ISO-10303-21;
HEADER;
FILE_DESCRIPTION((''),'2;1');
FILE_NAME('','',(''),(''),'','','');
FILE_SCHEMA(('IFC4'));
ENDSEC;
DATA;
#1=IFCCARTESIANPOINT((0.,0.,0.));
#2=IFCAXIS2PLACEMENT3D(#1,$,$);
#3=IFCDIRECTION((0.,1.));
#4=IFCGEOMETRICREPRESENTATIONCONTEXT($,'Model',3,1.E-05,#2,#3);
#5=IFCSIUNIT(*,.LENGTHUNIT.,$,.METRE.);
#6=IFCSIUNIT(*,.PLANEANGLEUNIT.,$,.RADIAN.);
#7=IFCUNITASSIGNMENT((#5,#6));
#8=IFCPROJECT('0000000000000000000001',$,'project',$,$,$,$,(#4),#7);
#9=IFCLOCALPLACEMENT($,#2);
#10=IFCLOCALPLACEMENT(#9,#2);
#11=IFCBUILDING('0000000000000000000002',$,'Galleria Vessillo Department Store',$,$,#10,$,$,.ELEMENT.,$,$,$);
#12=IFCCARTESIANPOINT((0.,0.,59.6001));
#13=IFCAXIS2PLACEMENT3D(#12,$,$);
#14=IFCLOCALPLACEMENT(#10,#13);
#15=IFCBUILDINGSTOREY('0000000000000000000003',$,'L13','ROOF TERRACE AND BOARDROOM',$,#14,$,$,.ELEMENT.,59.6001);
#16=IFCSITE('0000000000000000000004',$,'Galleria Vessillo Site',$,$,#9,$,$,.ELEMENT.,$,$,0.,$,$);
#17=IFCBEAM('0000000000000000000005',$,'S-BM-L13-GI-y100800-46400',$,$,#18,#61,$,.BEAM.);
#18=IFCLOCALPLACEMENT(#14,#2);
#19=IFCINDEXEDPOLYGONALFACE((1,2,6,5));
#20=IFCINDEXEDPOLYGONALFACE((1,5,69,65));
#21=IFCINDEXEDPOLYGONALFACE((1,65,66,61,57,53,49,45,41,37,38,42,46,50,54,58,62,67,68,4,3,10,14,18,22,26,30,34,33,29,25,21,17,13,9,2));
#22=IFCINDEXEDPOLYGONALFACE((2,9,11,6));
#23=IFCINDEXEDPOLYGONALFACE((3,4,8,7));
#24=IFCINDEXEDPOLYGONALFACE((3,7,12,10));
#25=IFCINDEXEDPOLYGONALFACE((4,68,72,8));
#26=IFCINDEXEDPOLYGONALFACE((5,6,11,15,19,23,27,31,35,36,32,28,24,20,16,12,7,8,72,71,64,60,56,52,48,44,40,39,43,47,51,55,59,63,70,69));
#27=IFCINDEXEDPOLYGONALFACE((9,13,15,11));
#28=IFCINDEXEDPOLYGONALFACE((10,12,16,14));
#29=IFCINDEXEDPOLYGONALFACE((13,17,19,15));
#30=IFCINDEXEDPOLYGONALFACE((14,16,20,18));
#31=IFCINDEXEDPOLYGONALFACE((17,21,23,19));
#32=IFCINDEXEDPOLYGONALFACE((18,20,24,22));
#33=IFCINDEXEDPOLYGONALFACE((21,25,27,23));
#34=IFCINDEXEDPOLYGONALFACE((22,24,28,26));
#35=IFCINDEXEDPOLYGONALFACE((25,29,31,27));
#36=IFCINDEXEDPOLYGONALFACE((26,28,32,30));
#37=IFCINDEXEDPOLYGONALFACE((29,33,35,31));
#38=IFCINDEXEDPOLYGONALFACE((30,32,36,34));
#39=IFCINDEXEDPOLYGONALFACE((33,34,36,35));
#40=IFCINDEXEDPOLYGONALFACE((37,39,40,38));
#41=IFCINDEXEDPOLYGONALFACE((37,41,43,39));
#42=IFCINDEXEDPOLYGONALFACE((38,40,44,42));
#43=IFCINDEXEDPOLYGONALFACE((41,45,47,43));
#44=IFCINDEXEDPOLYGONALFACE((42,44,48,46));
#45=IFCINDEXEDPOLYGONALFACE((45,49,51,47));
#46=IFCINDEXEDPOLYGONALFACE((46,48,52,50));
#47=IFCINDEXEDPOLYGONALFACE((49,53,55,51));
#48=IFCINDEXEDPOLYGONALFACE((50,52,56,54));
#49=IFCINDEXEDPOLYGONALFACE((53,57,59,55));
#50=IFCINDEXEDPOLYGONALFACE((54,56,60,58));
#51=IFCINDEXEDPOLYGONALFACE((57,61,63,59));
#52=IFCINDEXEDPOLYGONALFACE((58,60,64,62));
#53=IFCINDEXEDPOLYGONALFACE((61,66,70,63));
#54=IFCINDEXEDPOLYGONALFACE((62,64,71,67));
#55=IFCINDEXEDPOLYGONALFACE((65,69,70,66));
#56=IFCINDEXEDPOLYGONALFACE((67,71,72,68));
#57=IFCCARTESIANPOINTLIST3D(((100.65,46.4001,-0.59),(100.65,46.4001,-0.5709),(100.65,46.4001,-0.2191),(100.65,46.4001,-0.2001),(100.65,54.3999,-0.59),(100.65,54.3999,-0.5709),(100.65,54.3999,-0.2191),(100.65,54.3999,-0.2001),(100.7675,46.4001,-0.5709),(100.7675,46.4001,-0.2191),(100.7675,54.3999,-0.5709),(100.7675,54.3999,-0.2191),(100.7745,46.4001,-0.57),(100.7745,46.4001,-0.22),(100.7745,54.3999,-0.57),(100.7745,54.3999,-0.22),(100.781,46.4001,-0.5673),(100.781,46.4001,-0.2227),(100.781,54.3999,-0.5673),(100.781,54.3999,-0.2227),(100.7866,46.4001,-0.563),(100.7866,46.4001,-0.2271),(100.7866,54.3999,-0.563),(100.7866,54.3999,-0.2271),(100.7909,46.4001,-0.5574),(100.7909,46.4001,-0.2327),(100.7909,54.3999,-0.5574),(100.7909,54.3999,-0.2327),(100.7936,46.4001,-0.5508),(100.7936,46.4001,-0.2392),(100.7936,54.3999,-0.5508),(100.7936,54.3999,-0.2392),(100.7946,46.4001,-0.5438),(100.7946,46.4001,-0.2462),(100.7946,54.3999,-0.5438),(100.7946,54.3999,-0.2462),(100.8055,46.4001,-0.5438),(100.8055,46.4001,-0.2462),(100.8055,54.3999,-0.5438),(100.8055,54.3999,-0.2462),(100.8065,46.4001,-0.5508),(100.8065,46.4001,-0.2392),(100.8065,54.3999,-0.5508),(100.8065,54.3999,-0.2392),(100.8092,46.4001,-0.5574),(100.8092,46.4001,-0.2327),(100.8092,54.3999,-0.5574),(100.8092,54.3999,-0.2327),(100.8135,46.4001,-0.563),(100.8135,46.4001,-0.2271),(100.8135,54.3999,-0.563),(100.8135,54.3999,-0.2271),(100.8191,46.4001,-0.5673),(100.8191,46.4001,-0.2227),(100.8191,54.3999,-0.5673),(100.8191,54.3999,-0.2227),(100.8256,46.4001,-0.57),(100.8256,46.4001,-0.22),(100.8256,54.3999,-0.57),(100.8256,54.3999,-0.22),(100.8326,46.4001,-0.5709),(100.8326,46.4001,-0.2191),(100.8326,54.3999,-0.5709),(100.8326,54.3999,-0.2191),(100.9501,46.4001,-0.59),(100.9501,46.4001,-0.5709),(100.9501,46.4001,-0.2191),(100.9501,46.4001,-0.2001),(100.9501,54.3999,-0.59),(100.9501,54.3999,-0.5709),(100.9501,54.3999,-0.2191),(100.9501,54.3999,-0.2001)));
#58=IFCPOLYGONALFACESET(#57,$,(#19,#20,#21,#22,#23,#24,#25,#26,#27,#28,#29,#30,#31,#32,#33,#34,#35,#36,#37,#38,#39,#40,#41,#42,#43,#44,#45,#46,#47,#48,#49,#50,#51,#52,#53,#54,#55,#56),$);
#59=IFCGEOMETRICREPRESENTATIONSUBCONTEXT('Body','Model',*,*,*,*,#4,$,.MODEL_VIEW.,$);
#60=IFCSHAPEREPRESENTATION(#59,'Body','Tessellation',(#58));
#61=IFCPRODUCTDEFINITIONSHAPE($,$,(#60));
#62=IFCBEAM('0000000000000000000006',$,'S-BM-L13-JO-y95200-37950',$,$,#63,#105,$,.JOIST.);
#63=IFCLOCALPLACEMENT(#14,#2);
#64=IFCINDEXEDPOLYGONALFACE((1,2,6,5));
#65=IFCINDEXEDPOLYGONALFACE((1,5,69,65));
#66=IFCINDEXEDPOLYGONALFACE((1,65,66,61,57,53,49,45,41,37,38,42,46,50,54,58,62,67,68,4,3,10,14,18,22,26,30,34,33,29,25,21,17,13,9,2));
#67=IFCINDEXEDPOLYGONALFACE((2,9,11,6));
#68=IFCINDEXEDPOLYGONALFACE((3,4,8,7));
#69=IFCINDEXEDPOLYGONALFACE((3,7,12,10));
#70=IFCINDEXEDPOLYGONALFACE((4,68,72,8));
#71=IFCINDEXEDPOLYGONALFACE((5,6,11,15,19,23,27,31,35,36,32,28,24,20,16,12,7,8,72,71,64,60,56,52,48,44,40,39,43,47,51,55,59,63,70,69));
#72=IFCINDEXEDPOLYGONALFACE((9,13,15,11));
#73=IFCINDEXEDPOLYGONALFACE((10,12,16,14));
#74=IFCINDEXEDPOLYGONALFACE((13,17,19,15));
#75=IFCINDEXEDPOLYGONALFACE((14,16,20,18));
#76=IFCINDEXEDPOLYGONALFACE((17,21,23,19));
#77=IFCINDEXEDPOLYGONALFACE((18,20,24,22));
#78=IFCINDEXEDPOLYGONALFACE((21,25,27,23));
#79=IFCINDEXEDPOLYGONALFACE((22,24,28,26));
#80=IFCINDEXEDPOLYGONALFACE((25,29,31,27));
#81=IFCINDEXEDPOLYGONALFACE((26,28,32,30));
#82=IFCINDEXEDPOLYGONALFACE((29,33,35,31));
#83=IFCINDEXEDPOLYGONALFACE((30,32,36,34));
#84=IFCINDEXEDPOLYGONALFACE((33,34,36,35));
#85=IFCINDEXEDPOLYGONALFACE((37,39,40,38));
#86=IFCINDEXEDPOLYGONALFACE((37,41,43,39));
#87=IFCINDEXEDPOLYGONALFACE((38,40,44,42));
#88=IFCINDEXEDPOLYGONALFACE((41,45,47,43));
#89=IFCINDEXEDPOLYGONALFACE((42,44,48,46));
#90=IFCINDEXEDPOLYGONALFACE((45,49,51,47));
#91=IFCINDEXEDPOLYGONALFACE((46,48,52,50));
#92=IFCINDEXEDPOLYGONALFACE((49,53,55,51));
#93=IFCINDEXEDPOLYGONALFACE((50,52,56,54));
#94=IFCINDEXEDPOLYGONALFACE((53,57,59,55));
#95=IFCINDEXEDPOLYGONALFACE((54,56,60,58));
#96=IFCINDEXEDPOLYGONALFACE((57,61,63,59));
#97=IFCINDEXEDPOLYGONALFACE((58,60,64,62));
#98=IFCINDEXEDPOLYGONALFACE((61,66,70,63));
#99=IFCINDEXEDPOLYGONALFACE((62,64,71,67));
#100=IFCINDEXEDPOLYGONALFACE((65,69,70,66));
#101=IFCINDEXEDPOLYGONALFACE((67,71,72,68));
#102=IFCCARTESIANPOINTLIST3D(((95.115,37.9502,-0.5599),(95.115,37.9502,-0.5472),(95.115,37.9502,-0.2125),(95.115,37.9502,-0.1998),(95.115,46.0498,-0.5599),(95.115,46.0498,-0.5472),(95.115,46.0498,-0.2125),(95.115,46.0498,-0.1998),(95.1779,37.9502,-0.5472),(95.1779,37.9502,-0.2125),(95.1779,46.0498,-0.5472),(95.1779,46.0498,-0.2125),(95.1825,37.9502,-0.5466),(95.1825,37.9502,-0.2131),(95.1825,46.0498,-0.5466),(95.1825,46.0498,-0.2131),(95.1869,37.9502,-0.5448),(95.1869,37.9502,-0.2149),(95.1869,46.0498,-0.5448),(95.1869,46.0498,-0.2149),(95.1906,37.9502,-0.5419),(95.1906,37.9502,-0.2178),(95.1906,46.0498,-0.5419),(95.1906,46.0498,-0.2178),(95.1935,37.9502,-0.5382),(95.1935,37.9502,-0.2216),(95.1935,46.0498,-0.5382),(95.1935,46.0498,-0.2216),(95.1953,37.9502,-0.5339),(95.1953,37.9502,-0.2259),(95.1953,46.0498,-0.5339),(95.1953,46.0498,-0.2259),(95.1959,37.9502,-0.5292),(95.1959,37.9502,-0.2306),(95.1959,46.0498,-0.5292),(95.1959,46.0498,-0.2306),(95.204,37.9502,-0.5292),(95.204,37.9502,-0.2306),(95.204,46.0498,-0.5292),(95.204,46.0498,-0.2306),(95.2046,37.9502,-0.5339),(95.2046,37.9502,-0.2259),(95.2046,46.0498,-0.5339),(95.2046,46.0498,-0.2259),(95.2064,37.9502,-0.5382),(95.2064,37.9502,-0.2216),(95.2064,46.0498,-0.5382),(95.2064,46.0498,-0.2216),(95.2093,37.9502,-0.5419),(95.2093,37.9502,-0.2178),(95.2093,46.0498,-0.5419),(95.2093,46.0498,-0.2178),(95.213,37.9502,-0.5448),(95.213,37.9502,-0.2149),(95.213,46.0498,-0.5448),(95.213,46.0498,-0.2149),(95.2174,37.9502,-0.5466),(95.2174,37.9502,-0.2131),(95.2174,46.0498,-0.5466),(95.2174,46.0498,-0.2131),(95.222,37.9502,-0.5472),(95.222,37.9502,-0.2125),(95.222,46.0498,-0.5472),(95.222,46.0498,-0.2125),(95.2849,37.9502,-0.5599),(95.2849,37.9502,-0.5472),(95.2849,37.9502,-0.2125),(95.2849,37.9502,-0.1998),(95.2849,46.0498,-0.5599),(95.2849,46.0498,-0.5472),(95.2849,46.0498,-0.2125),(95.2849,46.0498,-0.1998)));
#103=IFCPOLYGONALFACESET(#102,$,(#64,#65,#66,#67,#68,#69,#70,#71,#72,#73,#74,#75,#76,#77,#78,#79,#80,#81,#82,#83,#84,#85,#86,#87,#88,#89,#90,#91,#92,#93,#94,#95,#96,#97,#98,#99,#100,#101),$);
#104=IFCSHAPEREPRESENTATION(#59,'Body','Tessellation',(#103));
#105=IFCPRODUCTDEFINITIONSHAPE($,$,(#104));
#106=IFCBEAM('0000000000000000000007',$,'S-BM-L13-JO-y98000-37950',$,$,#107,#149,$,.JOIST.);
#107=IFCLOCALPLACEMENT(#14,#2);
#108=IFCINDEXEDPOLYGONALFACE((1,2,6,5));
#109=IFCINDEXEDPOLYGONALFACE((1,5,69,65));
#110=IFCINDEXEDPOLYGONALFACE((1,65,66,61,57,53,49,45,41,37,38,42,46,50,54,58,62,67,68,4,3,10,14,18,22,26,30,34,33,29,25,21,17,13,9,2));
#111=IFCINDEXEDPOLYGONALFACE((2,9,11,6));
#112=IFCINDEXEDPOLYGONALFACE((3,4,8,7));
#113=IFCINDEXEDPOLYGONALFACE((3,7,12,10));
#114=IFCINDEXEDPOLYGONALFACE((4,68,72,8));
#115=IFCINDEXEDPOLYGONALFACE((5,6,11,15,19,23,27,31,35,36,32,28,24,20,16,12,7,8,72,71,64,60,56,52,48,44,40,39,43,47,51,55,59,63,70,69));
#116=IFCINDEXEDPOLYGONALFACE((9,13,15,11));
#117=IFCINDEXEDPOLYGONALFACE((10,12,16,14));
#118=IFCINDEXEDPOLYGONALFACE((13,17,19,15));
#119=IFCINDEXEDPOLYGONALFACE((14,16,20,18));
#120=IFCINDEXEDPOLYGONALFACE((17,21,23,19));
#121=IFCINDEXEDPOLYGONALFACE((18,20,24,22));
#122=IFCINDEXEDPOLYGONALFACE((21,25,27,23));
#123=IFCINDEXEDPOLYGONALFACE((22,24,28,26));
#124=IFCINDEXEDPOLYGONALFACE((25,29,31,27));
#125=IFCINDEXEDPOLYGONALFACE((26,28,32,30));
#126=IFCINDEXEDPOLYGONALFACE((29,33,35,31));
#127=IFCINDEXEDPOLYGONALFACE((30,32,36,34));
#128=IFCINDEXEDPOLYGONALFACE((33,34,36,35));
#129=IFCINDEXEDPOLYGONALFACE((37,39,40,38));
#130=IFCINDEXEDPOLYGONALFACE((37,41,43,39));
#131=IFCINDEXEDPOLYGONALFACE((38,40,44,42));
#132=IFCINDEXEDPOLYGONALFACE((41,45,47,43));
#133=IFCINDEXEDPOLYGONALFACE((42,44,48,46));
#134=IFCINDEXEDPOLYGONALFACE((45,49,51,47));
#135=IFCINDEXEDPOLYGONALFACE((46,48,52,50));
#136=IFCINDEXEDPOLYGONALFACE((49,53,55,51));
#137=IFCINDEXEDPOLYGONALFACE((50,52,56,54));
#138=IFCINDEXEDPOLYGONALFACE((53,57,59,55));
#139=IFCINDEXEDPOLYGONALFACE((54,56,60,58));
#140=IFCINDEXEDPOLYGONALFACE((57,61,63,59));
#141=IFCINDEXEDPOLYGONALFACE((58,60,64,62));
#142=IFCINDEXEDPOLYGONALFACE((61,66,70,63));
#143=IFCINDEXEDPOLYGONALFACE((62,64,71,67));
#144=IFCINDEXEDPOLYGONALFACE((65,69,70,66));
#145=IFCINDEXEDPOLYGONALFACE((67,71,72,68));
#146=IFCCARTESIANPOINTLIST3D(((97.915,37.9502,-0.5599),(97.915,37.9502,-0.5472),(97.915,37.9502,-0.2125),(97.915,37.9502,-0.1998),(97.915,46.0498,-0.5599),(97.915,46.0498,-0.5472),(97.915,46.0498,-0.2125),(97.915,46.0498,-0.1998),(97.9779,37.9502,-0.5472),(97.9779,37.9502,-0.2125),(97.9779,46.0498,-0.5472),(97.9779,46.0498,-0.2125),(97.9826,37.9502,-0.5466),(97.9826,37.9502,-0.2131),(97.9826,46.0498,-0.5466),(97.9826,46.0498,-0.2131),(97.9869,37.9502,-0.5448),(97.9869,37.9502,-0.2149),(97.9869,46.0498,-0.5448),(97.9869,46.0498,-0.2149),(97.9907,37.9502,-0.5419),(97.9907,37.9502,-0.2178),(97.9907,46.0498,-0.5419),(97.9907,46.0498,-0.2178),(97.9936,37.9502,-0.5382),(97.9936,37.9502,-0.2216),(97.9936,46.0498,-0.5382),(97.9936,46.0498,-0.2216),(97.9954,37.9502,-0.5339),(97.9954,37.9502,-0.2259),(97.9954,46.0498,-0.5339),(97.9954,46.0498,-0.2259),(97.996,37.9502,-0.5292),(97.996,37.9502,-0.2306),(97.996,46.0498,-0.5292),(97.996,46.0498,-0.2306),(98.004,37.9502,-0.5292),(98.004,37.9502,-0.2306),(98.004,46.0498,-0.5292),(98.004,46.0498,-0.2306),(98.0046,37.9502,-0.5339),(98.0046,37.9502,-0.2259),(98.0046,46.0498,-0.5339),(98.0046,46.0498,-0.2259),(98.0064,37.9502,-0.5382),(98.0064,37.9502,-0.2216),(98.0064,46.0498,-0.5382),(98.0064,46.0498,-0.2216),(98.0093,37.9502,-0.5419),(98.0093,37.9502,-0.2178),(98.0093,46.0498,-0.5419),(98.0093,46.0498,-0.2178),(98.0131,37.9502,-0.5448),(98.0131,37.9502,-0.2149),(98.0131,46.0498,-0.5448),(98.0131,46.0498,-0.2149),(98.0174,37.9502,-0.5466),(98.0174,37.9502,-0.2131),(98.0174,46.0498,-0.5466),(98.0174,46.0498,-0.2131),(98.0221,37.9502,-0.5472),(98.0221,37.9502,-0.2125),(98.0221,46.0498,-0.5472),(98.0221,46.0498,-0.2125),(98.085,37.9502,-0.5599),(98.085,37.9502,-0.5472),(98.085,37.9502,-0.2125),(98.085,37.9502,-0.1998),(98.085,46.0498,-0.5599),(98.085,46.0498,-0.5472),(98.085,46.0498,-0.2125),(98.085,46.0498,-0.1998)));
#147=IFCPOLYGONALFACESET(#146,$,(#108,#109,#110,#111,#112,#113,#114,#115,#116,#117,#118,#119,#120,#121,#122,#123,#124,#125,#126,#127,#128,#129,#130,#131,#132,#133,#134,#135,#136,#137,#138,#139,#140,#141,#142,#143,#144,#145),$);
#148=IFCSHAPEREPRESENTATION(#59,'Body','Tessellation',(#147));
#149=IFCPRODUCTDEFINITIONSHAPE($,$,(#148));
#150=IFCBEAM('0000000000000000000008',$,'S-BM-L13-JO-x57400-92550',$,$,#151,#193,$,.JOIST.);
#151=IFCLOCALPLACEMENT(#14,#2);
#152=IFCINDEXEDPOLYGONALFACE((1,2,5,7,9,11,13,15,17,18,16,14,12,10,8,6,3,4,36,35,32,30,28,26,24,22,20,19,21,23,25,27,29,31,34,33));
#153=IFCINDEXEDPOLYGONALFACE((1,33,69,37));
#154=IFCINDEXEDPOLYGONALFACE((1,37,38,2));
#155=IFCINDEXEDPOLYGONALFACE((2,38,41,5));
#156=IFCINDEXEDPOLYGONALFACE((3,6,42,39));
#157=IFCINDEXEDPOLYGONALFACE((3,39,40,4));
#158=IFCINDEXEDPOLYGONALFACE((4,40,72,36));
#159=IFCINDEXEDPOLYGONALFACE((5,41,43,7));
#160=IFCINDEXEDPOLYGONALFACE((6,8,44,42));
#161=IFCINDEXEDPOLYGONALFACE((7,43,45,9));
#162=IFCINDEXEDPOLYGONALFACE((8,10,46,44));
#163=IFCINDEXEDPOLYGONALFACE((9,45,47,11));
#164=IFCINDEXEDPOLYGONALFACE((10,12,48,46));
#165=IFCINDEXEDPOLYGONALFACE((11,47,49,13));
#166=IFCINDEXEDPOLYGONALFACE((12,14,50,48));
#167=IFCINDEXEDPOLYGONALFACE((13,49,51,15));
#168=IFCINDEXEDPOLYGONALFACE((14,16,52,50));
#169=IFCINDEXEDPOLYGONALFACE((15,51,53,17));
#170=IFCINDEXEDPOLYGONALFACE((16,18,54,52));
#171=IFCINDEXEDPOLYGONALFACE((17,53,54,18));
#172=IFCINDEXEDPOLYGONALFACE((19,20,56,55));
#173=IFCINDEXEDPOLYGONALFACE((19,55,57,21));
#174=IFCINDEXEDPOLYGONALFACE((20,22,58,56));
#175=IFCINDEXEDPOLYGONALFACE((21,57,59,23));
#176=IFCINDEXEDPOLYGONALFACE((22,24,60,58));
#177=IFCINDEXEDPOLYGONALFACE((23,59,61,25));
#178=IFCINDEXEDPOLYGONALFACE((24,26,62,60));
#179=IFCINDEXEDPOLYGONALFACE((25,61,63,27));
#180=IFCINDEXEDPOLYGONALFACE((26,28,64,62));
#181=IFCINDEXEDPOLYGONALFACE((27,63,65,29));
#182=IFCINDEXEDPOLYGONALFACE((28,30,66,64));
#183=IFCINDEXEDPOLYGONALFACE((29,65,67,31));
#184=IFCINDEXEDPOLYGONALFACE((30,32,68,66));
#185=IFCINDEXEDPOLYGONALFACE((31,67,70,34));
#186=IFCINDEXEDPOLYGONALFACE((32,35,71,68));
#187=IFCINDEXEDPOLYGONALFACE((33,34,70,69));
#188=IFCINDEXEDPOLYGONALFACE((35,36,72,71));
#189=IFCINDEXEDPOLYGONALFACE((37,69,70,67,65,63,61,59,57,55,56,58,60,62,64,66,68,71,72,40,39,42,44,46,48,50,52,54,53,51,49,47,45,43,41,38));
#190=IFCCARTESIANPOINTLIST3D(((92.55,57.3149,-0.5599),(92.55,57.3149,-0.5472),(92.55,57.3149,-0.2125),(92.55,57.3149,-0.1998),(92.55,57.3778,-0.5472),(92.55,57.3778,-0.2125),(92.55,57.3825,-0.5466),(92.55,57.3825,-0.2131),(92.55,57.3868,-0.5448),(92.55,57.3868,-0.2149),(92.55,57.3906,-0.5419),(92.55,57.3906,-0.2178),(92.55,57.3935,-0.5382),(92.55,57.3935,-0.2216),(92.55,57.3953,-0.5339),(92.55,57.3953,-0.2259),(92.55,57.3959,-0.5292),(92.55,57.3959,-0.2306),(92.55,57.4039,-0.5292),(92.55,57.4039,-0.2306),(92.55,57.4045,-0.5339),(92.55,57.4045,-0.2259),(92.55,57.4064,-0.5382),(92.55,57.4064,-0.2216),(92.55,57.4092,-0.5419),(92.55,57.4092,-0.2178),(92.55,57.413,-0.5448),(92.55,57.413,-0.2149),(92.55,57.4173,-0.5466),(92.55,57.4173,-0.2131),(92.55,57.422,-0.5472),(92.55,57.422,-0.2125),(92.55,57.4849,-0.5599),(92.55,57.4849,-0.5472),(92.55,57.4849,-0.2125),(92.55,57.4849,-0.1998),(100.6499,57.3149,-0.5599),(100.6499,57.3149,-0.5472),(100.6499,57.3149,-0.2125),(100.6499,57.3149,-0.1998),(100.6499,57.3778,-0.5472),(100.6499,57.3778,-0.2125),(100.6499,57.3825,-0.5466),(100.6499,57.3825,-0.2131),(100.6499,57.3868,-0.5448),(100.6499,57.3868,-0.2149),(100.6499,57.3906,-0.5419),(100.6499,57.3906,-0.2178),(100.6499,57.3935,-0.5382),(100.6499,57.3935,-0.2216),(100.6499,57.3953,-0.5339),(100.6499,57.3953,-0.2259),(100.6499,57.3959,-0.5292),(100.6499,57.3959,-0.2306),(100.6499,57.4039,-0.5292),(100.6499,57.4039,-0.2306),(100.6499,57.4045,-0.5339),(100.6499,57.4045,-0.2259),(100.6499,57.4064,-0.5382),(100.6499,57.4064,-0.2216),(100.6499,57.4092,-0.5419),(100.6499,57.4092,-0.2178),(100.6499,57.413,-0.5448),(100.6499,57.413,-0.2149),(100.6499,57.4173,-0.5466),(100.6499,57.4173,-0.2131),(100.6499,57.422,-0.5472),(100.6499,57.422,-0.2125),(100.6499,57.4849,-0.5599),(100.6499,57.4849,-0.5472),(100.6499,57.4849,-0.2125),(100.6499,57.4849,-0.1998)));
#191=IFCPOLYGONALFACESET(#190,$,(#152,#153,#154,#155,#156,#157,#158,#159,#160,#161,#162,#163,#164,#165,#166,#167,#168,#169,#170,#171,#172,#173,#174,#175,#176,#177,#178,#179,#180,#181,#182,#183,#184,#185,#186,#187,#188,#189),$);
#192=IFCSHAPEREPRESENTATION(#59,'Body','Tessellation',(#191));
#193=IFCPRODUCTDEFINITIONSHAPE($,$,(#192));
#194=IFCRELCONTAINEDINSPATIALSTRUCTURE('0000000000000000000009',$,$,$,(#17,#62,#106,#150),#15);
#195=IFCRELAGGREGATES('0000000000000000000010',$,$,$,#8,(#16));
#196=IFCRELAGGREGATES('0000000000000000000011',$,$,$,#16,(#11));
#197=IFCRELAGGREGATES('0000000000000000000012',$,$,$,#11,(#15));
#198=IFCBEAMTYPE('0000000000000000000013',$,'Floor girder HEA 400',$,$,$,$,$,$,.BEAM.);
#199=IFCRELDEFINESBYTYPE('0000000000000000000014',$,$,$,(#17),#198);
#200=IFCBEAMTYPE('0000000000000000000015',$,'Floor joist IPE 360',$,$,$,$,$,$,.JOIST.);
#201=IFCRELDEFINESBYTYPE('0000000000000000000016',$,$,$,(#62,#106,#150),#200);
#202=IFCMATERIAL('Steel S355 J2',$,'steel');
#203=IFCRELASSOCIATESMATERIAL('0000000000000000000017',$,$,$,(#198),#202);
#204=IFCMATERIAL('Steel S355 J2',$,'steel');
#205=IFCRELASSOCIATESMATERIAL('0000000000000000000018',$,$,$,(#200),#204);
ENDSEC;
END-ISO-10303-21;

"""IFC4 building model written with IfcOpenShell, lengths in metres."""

from ifc_helpers import new_model, si_unit, direction, frame, origin, origin_2d, place, context, subcontext, project, spatial, i_section, extrude, material, material_profile, profile_set, type_object, element, save


model = new_model("IFC4")

# Units and contexts
model_context = context("Model", 3, precision=1e-05, world=origin(), true_north=direction((0.0, 1.0)))
body_context = subcontext(model_context, "Body", "Model", "MODEL_VIEW")
ifc_project = project(units=[si_unit("LENGTHUNIT", "METRE"), si_unit("PLANEANGLEUNIT", "RADIAN")], contexts=[model_context])

# Site, building, storey
site_placement = place(None, origin())
site = spatial("IfcSite", under=ifc_project, at=site_placement, Name="Galleria Vessillo Site", CompositionType="ELEMENT", RefElevation=0.0)
building_placement = place(site_placement, origin())
building = spatial("IfcBuilding", under=site, at=building_placement, Name="Galleria Vessillo Department Store", CompositionType="ELEMENT")
storey_placement = place(building_placement, frame((0.0, 0.0, 59.6001)))
storey = spatial("IfcBuildingStorey", under=building, at=storey_placement, Name="L13", Description="ROOF TERRACE AND BOARDROOM", CompositionType="ELEMENT", Elevation=59.6001)

# Beams
ifc_material_1 = material(Name="Steel S355 J2", Category="steel")
ifc_material_profile_1 = material_profile(ifc_material_1, i_section(OverallWidth=0.3, OverallDepth=0.3899, WebThickness=0.011, FlangeThickness=0.019, FilletRadius=0.0271, at=origin_2d()), Name="HEA 400")
ifc_profile_set_1 = profile_set([ifc_material_profile_1], Name="Steel S355 J2")
beam_type_1 = type_object("IfcBeamType", Name="Floor girder HEA 400", PredefinedType="BEAM", material=ifc_profile_set_1)
beam_placement = place(storey_placement, frame((100.8, 46.4001, -0.395), z_axis=(0.0, 1.0, 0.0), x_axis=(-1.0, 0.0, 0.0)))
element("IfcBeam", 1, at=beam_placement, inside=storey, type_object=beam_type_1, Name="S-BM-L13-GI-y100800-46400", PredefinedType="BEAM", context=body_context, shape_type="SweptSolid", body=[
    extrude(i_section(OverallWidth=0.3, OverallDepth=0.3899, WebThickness=0.011, FlangeThickness=0.019, FilletRadius=0.0271, at=origin_2d()), origin(), (0.0, 0.0, 1.0), 7.9998),
])
ifc_material_2 = material(Name="Steel S355 J2", Category="steel")
ifc_material_profile_2 = material_profile(ifc_material_2, i_section(OverallWidth=0.1699, OverallDepth=0.3601, WebThickness=0.0081, FlangeThickness=0.0127, FilletRadius=0.0181, at=origin_2d()), Name="IPE 360")
ifc_profile_set_2 = profile_set([ifc_material_profile_2], Name="Steel S355 J2")
beam_type_2 = type_object("IfcBeamType", Name="Floor joist IPE 360", PredefinedType="JOIST", material=ifc_profile_set_2)
for number, where, z_axis, x_axis, name in (
    (2, (95.2, 37.9502, -0.3799), (0.0, 1.0, 0.0), (-1.0, 0.0, 0.0), "S-BM-L13-JO-y95200-37950"),
    (3, (98.0, 37.9502, -0.3799), (0.0, 1.0, 0.0), (-1.0, 0.0, 0.0), "S-BM-L13-JO-y98000-37950"),
):
    element("IfcBeam", number, at=place(storey_placement, frame(where, z_axis=z_axis, x_axis=x_axis)), inside=storey, type_object=beam_type_2, Name=name, PredefinedType="JOIST", context=body_context, shape_type="SweptSolid", body=[
        extrude(i_section(OverallWidth=0.1699, OverallDepth=0.3601, WebThickness=0.0081, FlangeThickness=0.0127, FilletRadius=0.0181, at=origin_2d()), origin(), (0.0, 0.0, 1.0), 8.0996),
    ])
for number, where, z_axis, x_axis, name in (
    (4, (92.55, 57.3999, -0.3799), (1.0, 0.0, 0.0), (0.0, 1.0, 0.0), "S-BM-L13-JO-x57400-92550"),
):
    element("IfcBeam", number, at=place(storey_placement, frame(where, z_axis=z_axis, x_axis=x_axis)), inside=storey, type_object=beam_type_2, Name=name, PredefinedType="JOIST", context=body_context, shape_type="SweptSolid", body=[
        extrude(i_section(OverallWidth=0.1699, OverallDepth=0.3601, WebThickness=0.0081, FlangeThickness=0.0127, FilletRadius=0.0181, at=origin_2d()), origin(), (0.0, 0.0, 1.0), 8.0999),
    ])

save(model, "model.ifc")
